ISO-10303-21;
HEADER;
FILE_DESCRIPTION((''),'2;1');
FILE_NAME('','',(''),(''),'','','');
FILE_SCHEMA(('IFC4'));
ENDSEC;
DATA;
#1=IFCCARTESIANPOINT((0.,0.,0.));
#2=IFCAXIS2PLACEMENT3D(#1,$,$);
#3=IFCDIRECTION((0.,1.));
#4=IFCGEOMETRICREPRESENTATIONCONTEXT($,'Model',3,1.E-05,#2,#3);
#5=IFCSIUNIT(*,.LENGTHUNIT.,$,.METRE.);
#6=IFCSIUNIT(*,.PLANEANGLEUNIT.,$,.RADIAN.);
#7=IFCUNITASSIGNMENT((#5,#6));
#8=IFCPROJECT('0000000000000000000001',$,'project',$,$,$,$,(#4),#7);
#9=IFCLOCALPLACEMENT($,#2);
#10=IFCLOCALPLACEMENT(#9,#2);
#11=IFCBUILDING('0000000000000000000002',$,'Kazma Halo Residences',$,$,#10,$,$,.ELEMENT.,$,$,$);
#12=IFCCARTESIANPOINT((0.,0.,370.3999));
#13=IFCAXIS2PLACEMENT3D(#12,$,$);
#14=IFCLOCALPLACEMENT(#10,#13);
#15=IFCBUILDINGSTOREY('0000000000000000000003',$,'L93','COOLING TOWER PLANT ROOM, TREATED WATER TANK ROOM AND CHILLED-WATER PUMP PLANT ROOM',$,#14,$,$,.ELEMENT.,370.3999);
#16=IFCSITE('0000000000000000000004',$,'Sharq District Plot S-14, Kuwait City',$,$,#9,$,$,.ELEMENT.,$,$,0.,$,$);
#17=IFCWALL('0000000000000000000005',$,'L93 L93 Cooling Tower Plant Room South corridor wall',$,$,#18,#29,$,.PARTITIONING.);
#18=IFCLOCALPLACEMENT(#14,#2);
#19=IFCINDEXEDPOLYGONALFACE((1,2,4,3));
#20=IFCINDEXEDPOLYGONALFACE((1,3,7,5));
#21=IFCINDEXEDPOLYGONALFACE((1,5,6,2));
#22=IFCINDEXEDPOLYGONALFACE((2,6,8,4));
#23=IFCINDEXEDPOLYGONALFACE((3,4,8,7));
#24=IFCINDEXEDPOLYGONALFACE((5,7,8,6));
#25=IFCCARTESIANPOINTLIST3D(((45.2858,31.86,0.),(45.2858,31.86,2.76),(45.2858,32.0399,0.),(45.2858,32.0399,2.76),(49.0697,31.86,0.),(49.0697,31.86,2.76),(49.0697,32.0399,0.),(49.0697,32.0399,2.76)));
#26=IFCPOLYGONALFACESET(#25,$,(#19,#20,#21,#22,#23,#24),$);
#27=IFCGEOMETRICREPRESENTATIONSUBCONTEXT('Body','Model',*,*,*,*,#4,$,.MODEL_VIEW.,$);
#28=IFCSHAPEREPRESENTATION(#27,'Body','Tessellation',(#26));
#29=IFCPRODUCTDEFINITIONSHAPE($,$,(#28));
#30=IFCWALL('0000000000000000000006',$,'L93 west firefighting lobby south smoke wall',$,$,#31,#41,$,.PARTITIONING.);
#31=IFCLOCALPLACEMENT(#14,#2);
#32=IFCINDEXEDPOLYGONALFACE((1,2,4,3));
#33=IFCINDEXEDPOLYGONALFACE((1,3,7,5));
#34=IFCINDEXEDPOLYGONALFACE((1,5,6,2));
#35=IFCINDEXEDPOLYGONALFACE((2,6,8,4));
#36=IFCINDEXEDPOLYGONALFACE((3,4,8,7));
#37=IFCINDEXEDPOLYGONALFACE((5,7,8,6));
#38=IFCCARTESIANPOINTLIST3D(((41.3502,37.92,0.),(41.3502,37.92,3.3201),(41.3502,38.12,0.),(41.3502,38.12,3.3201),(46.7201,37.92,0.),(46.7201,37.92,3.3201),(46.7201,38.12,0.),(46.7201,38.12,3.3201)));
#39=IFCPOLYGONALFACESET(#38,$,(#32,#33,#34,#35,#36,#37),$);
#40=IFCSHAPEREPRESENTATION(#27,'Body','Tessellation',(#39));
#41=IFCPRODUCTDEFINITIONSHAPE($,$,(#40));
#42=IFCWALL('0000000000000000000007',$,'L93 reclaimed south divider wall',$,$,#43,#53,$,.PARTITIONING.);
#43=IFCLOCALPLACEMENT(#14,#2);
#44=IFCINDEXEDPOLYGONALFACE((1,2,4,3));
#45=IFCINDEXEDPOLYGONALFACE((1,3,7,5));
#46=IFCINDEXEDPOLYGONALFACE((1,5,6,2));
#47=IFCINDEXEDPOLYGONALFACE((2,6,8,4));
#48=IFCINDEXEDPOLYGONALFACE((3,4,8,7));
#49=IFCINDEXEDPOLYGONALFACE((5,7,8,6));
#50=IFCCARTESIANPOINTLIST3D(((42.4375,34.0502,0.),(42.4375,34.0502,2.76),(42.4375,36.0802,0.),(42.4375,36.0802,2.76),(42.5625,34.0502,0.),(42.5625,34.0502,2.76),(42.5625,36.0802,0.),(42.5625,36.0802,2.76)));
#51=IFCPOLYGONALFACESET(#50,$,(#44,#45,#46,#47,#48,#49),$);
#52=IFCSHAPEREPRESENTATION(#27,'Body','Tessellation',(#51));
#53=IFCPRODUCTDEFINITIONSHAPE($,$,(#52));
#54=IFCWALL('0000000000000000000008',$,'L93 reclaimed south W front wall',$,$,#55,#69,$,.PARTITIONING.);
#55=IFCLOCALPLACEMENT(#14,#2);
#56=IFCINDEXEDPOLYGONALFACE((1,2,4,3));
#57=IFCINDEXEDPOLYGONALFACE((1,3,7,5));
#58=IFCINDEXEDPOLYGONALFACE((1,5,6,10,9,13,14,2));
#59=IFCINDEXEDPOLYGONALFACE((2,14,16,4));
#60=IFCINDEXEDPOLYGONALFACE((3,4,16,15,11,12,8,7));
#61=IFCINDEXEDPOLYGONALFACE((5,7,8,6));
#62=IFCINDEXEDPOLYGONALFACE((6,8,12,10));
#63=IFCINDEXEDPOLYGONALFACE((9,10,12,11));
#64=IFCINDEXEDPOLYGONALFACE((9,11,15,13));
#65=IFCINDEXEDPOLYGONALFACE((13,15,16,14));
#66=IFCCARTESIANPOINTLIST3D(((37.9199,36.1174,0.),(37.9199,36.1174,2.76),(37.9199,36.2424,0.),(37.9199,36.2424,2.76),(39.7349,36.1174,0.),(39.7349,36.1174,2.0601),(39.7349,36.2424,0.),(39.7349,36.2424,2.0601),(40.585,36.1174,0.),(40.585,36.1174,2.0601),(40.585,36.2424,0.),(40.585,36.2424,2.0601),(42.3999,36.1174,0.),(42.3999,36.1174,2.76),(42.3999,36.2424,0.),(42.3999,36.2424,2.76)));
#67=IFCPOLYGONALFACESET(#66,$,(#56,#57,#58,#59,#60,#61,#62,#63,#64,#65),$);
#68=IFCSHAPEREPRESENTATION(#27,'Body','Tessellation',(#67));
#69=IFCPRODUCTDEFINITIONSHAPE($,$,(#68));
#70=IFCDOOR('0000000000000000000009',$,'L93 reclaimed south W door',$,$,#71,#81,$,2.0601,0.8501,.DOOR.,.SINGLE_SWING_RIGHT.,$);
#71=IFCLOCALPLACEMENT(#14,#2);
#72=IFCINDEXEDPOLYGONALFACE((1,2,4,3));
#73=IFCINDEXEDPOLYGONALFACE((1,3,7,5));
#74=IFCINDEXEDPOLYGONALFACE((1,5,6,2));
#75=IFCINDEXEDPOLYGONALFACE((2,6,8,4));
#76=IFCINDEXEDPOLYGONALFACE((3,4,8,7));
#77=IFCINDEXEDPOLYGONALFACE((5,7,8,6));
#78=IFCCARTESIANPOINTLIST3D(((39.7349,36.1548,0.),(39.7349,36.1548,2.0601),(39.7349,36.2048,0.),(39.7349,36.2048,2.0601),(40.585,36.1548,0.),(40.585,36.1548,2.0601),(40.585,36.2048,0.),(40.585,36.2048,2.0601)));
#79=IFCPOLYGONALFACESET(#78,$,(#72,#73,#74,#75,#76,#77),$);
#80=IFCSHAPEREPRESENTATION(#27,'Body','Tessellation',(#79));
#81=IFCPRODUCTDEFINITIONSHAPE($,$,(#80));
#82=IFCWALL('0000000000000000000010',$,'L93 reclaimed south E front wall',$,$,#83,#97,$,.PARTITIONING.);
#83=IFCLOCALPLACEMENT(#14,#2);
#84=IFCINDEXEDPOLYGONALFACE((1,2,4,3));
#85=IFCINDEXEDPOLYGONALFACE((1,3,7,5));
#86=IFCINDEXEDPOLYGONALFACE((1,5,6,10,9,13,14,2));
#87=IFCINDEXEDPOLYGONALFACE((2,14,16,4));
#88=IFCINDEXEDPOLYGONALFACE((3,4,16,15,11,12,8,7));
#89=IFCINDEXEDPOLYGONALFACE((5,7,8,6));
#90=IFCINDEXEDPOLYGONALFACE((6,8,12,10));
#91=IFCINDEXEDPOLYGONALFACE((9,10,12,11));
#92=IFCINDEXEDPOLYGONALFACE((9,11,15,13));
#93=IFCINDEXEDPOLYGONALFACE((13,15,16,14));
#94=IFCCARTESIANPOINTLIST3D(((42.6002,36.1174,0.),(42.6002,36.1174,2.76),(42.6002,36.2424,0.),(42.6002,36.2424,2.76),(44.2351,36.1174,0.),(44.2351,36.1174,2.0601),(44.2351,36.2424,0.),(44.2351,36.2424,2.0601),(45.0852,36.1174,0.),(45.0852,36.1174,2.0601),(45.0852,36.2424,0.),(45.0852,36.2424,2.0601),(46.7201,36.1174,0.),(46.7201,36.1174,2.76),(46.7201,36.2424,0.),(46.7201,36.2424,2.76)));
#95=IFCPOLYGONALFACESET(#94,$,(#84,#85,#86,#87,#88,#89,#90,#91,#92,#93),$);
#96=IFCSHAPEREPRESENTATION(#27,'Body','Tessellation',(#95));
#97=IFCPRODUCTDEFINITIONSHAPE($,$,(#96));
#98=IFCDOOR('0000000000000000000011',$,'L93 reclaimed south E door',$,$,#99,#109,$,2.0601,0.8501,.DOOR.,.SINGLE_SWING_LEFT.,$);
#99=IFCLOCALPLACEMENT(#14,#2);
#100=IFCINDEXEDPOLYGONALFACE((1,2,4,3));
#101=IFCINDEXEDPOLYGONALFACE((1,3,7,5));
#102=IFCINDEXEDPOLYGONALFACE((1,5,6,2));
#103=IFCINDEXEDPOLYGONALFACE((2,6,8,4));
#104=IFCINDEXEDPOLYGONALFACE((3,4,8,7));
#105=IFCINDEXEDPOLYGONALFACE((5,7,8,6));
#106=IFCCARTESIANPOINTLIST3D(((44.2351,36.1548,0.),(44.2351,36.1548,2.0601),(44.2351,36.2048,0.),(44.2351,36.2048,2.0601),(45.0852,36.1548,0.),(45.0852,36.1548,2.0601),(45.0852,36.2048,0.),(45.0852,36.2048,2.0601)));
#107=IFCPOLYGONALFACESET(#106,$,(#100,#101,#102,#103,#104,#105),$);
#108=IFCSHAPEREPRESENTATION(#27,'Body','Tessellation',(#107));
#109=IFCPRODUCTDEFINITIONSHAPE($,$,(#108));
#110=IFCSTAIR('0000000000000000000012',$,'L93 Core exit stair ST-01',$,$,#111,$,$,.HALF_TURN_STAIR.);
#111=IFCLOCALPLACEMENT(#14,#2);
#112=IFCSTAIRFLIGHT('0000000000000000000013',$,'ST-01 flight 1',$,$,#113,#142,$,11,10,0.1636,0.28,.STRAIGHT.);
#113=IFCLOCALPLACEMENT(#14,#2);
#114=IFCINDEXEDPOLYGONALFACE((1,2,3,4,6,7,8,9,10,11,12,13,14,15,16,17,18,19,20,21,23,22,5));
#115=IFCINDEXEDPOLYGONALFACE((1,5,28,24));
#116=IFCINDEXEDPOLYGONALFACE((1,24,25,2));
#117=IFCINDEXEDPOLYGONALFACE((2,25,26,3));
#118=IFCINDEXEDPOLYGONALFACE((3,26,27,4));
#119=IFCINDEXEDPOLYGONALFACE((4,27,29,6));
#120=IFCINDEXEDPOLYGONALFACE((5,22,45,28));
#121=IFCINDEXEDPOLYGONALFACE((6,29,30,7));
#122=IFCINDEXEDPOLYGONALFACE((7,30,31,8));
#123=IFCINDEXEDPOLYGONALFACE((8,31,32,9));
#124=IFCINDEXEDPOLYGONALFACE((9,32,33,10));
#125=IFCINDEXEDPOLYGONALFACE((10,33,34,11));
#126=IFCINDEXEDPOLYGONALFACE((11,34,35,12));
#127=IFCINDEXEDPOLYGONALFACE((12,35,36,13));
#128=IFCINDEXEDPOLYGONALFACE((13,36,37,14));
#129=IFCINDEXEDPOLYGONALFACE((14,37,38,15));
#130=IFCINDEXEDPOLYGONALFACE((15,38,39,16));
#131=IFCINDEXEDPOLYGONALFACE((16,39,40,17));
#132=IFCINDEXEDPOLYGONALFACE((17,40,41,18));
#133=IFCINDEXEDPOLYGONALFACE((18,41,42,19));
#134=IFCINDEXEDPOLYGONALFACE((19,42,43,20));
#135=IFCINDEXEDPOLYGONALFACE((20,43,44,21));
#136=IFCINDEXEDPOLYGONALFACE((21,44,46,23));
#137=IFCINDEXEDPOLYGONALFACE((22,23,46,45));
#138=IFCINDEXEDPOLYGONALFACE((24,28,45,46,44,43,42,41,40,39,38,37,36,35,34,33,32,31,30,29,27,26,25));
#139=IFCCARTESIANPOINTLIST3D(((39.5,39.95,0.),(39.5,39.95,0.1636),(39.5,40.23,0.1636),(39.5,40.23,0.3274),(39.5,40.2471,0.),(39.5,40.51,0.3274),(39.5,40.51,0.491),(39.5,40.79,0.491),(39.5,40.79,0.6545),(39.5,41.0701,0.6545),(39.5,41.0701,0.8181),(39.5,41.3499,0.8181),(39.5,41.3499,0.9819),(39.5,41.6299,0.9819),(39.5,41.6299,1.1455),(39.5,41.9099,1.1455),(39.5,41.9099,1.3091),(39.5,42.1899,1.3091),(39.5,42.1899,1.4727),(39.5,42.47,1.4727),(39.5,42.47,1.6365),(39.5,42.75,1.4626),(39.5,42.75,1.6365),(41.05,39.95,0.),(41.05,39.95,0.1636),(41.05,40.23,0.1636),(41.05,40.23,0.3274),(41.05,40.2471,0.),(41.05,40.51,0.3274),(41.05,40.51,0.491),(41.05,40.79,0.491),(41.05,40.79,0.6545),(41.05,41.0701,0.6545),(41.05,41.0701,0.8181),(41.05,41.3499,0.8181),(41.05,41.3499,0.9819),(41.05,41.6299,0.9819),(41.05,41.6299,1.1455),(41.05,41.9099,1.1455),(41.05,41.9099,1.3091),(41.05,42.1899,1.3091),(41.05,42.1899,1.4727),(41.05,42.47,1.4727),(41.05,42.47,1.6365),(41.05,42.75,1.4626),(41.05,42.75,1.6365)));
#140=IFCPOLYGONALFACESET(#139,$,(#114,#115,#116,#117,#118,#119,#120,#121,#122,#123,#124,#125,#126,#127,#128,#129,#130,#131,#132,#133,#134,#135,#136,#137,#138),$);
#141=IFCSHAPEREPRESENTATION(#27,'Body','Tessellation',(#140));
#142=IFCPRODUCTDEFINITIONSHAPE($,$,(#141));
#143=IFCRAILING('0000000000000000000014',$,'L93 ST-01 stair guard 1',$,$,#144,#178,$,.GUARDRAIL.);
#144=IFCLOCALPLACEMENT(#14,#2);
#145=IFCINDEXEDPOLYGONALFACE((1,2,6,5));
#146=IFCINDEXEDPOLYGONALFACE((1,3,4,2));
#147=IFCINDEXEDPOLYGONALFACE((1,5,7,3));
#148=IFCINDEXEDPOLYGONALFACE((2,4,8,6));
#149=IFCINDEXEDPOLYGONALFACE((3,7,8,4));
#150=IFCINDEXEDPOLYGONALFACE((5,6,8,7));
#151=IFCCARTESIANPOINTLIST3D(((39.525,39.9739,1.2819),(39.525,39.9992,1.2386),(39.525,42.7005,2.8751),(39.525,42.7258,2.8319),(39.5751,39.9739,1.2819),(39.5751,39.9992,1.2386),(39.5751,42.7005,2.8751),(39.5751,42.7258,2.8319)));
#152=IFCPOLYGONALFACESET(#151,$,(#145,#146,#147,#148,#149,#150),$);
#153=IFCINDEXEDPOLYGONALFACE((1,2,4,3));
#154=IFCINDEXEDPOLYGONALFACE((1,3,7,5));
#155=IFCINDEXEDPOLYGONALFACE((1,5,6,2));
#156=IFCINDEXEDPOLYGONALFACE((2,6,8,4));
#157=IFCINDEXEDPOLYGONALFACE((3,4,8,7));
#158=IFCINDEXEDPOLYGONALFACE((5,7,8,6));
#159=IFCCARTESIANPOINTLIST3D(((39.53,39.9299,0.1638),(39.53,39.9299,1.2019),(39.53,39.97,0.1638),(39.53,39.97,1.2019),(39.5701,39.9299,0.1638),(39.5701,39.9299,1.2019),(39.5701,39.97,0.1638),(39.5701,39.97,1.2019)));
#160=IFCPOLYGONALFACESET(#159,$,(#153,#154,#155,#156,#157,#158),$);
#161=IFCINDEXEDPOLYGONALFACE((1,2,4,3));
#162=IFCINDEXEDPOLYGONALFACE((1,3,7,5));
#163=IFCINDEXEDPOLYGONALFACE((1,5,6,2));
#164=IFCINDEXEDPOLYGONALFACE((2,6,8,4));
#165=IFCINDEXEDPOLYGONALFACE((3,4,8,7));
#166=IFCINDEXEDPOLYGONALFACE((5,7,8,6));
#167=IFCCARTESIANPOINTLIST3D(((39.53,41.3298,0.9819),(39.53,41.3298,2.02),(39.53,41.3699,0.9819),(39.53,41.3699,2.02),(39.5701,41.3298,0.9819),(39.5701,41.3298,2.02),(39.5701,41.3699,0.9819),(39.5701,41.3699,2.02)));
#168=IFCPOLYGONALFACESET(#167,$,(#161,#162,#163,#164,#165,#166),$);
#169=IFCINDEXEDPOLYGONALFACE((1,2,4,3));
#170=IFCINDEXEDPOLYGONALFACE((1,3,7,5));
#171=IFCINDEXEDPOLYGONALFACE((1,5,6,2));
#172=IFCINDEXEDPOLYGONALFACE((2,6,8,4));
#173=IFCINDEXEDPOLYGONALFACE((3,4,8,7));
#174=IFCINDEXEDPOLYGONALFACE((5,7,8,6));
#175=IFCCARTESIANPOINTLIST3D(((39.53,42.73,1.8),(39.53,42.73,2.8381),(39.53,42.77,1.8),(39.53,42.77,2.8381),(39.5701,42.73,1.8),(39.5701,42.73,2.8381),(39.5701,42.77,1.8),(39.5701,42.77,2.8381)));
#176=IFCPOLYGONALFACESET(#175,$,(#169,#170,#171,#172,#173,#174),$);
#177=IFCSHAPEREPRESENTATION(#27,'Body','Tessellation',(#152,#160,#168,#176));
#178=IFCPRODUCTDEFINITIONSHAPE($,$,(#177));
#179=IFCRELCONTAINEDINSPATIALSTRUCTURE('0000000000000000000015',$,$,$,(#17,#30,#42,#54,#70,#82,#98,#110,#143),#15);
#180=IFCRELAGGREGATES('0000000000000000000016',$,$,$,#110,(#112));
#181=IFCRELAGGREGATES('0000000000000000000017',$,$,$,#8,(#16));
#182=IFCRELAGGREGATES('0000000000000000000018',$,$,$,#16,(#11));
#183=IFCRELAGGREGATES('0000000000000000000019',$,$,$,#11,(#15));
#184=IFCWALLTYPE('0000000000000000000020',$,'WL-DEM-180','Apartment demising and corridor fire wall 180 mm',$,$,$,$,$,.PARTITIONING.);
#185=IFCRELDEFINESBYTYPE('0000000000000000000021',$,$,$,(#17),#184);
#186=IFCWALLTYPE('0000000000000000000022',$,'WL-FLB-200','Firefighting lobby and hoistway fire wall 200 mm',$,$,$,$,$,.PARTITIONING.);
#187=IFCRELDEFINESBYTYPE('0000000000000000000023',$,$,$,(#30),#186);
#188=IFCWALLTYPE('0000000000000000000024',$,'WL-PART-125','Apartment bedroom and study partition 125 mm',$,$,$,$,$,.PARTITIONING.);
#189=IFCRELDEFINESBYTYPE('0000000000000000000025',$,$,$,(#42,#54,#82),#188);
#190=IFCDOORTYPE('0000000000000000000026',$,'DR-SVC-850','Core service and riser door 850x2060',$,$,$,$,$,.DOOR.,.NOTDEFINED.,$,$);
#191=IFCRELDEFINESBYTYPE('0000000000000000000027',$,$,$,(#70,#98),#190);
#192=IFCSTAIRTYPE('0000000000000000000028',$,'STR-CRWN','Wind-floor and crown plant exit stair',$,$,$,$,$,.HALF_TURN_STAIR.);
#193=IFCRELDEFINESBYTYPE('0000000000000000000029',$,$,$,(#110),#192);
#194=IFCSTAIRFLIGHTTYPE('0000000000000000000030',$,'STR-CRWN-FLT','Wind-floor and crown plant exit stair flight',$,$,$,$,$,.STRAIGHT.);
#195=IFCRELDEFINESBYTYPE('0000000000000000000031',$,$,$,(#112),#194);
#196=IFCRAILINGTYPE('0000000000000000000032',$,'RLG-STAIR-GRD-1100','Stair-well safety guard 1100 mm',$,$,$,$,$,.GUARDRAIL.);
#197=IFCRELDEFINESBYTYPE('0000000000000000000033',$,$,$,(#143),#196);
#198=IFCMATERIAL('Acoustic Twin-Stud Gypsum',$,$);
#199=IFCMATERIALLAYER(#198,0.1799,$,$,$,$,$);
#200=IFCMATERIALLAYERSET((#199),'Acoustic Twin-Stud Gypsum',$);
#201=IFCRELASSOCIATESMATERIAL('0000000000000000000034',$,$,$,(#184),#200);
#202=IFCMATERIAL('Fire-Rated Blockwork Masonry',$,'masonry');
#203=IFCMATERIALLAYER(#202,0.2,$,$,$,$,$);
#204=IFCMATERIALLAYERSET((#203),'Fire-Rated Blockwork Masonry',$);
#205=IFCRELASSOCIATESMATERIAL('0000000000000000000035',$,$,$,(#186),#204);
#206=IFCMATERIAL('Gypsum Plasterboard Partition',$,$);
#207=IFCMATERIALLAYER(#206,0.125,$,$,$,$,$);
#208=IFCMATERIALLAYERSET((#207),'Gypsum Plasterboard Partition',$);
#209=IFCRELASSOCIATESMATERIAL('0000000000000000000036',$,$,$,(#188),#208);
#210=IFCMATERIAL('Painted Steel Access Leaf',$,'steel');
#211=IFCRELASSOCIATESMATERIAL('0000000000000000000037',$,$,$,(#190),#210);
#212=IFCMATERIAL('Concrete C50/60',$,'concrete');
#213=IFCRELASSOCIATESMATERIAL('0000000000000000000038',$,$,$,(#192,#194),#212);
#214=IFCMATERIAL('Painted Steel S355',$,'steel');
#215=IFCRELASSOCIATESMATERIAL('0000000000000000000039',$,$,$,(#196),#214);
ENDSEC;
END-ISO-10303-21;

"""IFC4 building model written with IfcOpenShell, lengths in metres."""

from ifc_helpers import new_model, si_unit, direction, frame, frame_2d, origin, origin_2d, place, context, subcontext, project, spatial, polyline, rectangle, outline, extrude, material, layer, layer_set, type_object, element, fill, aggregate, save


model = new_model("IFC4")

# Units and contexts
model_context = context("Model", 3, precision=1e-05, world=origin(), true_north=direction((0.0, 1.0)))
body_context = subcontext(model_context, "Body", "Model", "MODEL_VIEW")
ifc_project = project(units=[si_unit("LENGTHUNIT", "METRE"), si_unit("PLANEANGLEUNIT", "RADIAN")], contexts=[model_context])

# Site, building, storey
site_placement = place(None, origin())
site = spatial("IfcSite", under=ifc_project, at=site_placement, Name="Sharq District Plot S-14, Kuwait City", CompositionType="ELEMENT", RefElevation=0.0)
building_placement = place(site_placement, origin())
building = spatial("IfcBuilding", under=site, at=building_placement, Name="Kazma Halo Residences", CompositionType="ELEMENT")
storey_placement = place(building_placement, frame((0.0, 0.0, 370.3999)))
storey = spatial("IfcBuildingStorey", under=building, at=storey_placement, Name="L93", Description="COOLING TOWER PLANT ROOM, TREATED WATER TANK ROOM AND CHILLED-WATER PUMP PLANT ROOM", CompositionType="ELEMENT", Elevation=370.3999)

# Walls
ifc_material_1 = material(Name="Acoustic Twin-Stud Gypsum")
ifc_layer_1 = layer(ifc_material_1, 0.1799)
ifc_layer_set_1 = layer_set([ifc_layer_1], Name="Acoustic Twin-Stud Gypsum")
wall_type_1 = type_object("IfcWallType", Name="WL-DEM-180", Description="Apartment demising and corridor fire wall 180 mm", PredefinedType="PARTITIONING", material=ifc_layer_set_1)
wall_1_placement = place(storey_placement, frame((45.2856, 31.95, 0.0), z_axis=(0.0, 0.0, 1.0), x_axis=(1.0, 0.0, 0.0)))
element("IfcWall", 1, at=wall_1_placement, inside=storey, type_object=wall_type_1, Name="L93 L93 Cooling Tower Plant Room South corridor wall", PredefinedType="PARTITIONING", context=body_context, shape_type="SweptSolid", body=[
    extrude(rectangle(XDim=3.7839, YDim=0.1799, at=frame_2d((1.8921, 0.0))), origin(), (0.0, 0.0, 1.0), 2.76),
])
ifc_material_2 = material(Name="Fire-Rated Blockwork Masonry", Category="masonry")
ifc_layer_2 = layer(ifc_material_2, 0.2)
ifc_layer_set_2 = layer_set([ifc_layer_2], Name="Fire-Rated Blockwork Masonry")
wall_type_2 = type_object("IfcWallType", Name="WL-FLB-200", Description="Firefighting lobby and hoistway fire wall 200 mm", PredefinedType="PARTITIONING", material=ifc_layer_set_2)
wall_2_placement = place(storey_placement, frame((41.3501, 38.02, 0.0), z_axis=(0.0, 0.0, 1.0), x_axis=(1.0, 0.0, 0.0)))
element("IfcWall", 2, at=wall_2_placement, inside=storey, type_object=wall_type_2, Name="L93 west firefighting lobby south smoke wall", PredefinedType="PARTITIONING", context=body_context, shape_type="SweptSolid", body=[
    extrude(rectangle(XDim=5.3699, YDim=0.2, at=frame_2d((2.6851, 0.0))), origin(), (0.0, 0.0, 1.0), 3.3201),
])
ifc_material_3 = material(Name="Gypsum Plasterboard Partition")
ifc_layer_3 = layer(ifc_material_3, 0.125)
ifc_layer_set_3 = layer_set([ifc_layer_3], Name="Gypsum Plasterboard Partition")
wall_type_3 = type_object("IfcWallType", Name="WL-PART-125", Description="Apartment bedroom and study partition 125 mm", PredefinedType="PARTITIONING", material=ifc_layer_set_3)
wall_3_placement = place(storey_placement, frame((42.5, 34.05, 0.0), z_axis=(0.0, 0.0, 1.0), x_axis=(0.0, 1.0, 0.0)))
element("IfcWall", 3, at=wall_3_placement, inside=storey, type_object=wall_type_3, Name="L93 reclaimed south divider wall", PredefinedType="PARTITIONING", context=body_context, shape_type="SweptSolid", body=[
    extrude(rectangle(XDim=2.03, YDim=0.125, at=frame_2d((1.0151, 0.0))), origin(), (0.0, 0.0, 1.0), 2.76),
])

# Walls, openings, doors
wall_4_placement = place(storey_placement, frame((37.9199, 36.1799, 0.0), z_axis=(0.0, 0.0, 1.0), x_axis=(1.0, 0.0, 0.0)))
wall_4 = element("IfcWall", 4, at=wall_4_placement, inside=storey, type_object=wall_type_3, Name="L93 reclaimed south W front wall", PredefinedType="PARTITIONING", context=body_context, shape_type="SweptSolid", body=[
    extrude(rectangle(XDim=4.48, YDim=0.125, at=frame_2d((2.24, 0.0))), origin(), (0.0, 0.0, 1.0), 2.76),
])
opening_1_placement = place(wall_4_placement, frame((1.8149, 0.0, 0.0)))
opening_1 = element("IfcOpeningElement", 5, at=opening_1_placement, cuts=wall_4, PredefinedType="OPENING", context=body_context, shape_type="SweptSolid", body=[
    extrude(rectangle(XDim=0.8501, YDim=2.0601, at=frame_2d((0.425, 1.03))), frame((0.0, 0.0725, 0.0), z_axis=(0.0, -1.0, 0.0), x_axis=(1.0, 0.0, 0.0)), (0.0, 0.0, 1.0), 0.145),
])
ifc_material_4 = material(Name="Painted Steel Access Leaf", Category="steel")
door_type_1 = type_object("IfcDoorType", Name="DR-SVC-850", Description="Core service and riser door 850x2060", OperationType="NOTDEFINED", PredefinedType="DOOR", material=ifc_material_4)
door_1_placement = place(opening_1_placement, origin())
door_1 = element("IfcDoor", 6, at=door_1_placement, inside=storey, type_object=door_type_1, Name="L93 reclaimed south W door", OperationType="SINGLE_SWING_RIGHT", OverallHeight=2.0601, OverallWidth=0.8501, PredefinedType="DOOR", context=body_context, shape_type="SweptSolid", body=[
    extrude(rectangle(XDim=0.8501, YDim=2.0601, at=frame_2d((0.425, 1.03))), frame((0.0, 0.0249, 0.0), z_axis=(0.0, -1.0, 0.0), x_axis=(1.0, 0.0, 0.0)), (0.0, 0.0, 1.0), 0.05),
])
fill(opening_1, door_1)
wall_5_placement = place(storey_placement, frame((42.6001, 36.1799, 0.0), z_axis=(0.0, 0.0, 1.0), x_axis=(1.0, 0.0, 0.0)))
wall_5 = element("IfcWall", 7, at=wall_5_placement, inside=storey, type_object=wall_type_3, Name="L93 reclaimed south E front wall", PredefinedType="PARTITIONING", context=body_context, shape_type="SweptSolid", body=[
    extrude(rectangle(XDim=4.1199, YDim=0.125, at=frame_2d((2.0601, 0.0))), origin(), (0.0, 0.0, 1.0), 2.76),
])
opening_2_placement = place(wall_5_placement, frame((1.635, 0.0, 0.0)))
opening_2 = element("IfcOpeningElement", 8, at=opening_2_placement, cuts=wall_5, PredefinedType="OPENING", context=body_context, shape_type="SweptSolid", body=[
    extrude(rectangle(XDim=0.8501, YDim=2.0601, at=frame_2d((0.425, 1.03))), frame((0.0, 0.0725, 0.0), z_axis=(0.0, -1.0, 0.0), x_axis=(1.0, 0.0, 0.0)), (0.0, 0.0, 1.0), 0.145),
])
door_2_placement = place(opening_2_placement, origin())
door_2 = element("IfcDoor", 9, at=door_2_placement, inside=storey, type_object=door_type_1, Name="L93 reclaimed south E door", OperationType="SINGLE_SWING_LEFT", OverallHeight=2.0601, OverallWidth=0.8501, PredefinedType="DOOR", context=body_context, shape_type="SweptSolid", body=[
    extrude(rectangle(XDim=0.8501, YDim=2.0601, at=frame_2d((0.425, 1.03))), frame((0.0, 0.0249, 0.0), z_axis=(0.0, -1.0, 0.0), x_axis=(1.0, 0.0, 0.0)), (0.0, 0.0, 1.0), 0.05),
])
fill(opening_2, door_2)
ifc_material_5 = material(Name="Concrete C50/60", Category="concrete")

# Stair, stair flight
stair_type = type_object("IfcStairType", Name="STR-CRWN", Description="Wind-floor and crown plant exit stair", PredefinedType="HALF_TURN_STAIR", material=ifc_material_5)
stair_placement = place(storey_placement, origin())
stair = element("IfcStair", 10, at=stair_placement, inside=storey, type_object=stair_type, Name="L93 Core exit stair ST-01", PredefinedType="HALF_TURN_STAIR")
stair_flight_type = type_object("IfcStairFlightType", Name="STR-CRWN-FLT", Description="Wind-floor and crown plant exit stair flight", PredefinedType="STRAIGHT", material=ifc_material_5)
stair_flight_placement = place(storey_placement, frame((40.2749, 39.95, 0.0), z_axis=(0.0, 0.0, 1.0), x_axis=(0.0, 1.0, 0.0)))
stair_flight = element("IfcStairFlight", 11, at=stair_flight_placement, type_object=stair_flight_type, Name="ST-01 flight 1", NumberOfRisers=11, NumberOfTreads=10, PredefinedType="STRAIGHT", RiserHeight=0.1636, TreadLength=0.28, context=body_context, shape_type="SweptSolid", body=[
    extrude(outline(polyline([(0.0, 0.0), (0.0, 0.1636), (0.28, 0.1636), (0.28, 0.3274), (0.5601, 0.3274), (0.5601, 0.491), (0.8401, 0.491), (0.8401, 0.6545), (1.1201, 0.6545), (1.1201, 0.8181), (1.3999, 0.8181), (1.3999, 0.9819), (1.6799, 0.9819), (1.6799, 1.1455), (1.96, 1.1455), (1.96, 1.3091), (2.24, 1.3091), (2.24, 1.4727), (2.52, 1.4727), (2.52, 1.6365), (2.8, 1.6365), (2.8, 1.8), (2.8, 1.4626), (0.2971, 0.0), (0.0, 0.0)])), frame((0.0, 0.7749, 0.0), z_axis=(0.0, -1.0, 0.0), x_axis=(1.0, 0.0, 0.0)), (0.0, 0.0, 1.0), 1.55),
])
aggregate(stair, [stair_flight])

# Railing
ifc_material_6 = material(Name="Painted Steel S355", Category="steel")
railing_type_1 = type_object("IfcRailingType", Name="RLG-STAIR-GRD-1100", Description="Stair-well safety guard 1100 mm", PredefinedType="GUARDRAIL", material=ifc_material_6)
railing_1_placement = place(storey_placement, frame((39.55, 39.95, 0.1638)))
element("IfcRailing", 12, at=railing_1_placement, inside=storey, type_object=railing_type_1, Name="L93 ST-01 stair guard 1", PredefinedType="GUARDRAIL", context=body_context, shape_type="SweptSolid", body=[
    extrude(rectangle(XDim=0.05, YDim=0.05, at=origin_2d()), frame((0.0, 0.0366, 1.0964), z_axis=(0.0, 0.863394, 0.504531), x_axis=(-1.0, 0.0, 0.0)), (0.0, 0.0, 1.0), 3.158),
    extrude(rectangle(XDim=0.04, YDim=0.04, at=origin_2d()), origin(), (0.0, 0.0, 1.0), 1.0381),
    extrude(rectangle(XDim=0.04, YDim=0.04, at=origin_2d()), frame((0.0, 1.3999, 0.8181)), (0.0, 0.0, 1.0), 1.0381),
    extrude(rectangle(XDim=0.04, YDim=0.04, at=origin_2d()), frame((0.0, 2.8, 1.6362)), (0.0, 0.0, 1.0), 1.0381),
])

save(model, "model.ifc")
